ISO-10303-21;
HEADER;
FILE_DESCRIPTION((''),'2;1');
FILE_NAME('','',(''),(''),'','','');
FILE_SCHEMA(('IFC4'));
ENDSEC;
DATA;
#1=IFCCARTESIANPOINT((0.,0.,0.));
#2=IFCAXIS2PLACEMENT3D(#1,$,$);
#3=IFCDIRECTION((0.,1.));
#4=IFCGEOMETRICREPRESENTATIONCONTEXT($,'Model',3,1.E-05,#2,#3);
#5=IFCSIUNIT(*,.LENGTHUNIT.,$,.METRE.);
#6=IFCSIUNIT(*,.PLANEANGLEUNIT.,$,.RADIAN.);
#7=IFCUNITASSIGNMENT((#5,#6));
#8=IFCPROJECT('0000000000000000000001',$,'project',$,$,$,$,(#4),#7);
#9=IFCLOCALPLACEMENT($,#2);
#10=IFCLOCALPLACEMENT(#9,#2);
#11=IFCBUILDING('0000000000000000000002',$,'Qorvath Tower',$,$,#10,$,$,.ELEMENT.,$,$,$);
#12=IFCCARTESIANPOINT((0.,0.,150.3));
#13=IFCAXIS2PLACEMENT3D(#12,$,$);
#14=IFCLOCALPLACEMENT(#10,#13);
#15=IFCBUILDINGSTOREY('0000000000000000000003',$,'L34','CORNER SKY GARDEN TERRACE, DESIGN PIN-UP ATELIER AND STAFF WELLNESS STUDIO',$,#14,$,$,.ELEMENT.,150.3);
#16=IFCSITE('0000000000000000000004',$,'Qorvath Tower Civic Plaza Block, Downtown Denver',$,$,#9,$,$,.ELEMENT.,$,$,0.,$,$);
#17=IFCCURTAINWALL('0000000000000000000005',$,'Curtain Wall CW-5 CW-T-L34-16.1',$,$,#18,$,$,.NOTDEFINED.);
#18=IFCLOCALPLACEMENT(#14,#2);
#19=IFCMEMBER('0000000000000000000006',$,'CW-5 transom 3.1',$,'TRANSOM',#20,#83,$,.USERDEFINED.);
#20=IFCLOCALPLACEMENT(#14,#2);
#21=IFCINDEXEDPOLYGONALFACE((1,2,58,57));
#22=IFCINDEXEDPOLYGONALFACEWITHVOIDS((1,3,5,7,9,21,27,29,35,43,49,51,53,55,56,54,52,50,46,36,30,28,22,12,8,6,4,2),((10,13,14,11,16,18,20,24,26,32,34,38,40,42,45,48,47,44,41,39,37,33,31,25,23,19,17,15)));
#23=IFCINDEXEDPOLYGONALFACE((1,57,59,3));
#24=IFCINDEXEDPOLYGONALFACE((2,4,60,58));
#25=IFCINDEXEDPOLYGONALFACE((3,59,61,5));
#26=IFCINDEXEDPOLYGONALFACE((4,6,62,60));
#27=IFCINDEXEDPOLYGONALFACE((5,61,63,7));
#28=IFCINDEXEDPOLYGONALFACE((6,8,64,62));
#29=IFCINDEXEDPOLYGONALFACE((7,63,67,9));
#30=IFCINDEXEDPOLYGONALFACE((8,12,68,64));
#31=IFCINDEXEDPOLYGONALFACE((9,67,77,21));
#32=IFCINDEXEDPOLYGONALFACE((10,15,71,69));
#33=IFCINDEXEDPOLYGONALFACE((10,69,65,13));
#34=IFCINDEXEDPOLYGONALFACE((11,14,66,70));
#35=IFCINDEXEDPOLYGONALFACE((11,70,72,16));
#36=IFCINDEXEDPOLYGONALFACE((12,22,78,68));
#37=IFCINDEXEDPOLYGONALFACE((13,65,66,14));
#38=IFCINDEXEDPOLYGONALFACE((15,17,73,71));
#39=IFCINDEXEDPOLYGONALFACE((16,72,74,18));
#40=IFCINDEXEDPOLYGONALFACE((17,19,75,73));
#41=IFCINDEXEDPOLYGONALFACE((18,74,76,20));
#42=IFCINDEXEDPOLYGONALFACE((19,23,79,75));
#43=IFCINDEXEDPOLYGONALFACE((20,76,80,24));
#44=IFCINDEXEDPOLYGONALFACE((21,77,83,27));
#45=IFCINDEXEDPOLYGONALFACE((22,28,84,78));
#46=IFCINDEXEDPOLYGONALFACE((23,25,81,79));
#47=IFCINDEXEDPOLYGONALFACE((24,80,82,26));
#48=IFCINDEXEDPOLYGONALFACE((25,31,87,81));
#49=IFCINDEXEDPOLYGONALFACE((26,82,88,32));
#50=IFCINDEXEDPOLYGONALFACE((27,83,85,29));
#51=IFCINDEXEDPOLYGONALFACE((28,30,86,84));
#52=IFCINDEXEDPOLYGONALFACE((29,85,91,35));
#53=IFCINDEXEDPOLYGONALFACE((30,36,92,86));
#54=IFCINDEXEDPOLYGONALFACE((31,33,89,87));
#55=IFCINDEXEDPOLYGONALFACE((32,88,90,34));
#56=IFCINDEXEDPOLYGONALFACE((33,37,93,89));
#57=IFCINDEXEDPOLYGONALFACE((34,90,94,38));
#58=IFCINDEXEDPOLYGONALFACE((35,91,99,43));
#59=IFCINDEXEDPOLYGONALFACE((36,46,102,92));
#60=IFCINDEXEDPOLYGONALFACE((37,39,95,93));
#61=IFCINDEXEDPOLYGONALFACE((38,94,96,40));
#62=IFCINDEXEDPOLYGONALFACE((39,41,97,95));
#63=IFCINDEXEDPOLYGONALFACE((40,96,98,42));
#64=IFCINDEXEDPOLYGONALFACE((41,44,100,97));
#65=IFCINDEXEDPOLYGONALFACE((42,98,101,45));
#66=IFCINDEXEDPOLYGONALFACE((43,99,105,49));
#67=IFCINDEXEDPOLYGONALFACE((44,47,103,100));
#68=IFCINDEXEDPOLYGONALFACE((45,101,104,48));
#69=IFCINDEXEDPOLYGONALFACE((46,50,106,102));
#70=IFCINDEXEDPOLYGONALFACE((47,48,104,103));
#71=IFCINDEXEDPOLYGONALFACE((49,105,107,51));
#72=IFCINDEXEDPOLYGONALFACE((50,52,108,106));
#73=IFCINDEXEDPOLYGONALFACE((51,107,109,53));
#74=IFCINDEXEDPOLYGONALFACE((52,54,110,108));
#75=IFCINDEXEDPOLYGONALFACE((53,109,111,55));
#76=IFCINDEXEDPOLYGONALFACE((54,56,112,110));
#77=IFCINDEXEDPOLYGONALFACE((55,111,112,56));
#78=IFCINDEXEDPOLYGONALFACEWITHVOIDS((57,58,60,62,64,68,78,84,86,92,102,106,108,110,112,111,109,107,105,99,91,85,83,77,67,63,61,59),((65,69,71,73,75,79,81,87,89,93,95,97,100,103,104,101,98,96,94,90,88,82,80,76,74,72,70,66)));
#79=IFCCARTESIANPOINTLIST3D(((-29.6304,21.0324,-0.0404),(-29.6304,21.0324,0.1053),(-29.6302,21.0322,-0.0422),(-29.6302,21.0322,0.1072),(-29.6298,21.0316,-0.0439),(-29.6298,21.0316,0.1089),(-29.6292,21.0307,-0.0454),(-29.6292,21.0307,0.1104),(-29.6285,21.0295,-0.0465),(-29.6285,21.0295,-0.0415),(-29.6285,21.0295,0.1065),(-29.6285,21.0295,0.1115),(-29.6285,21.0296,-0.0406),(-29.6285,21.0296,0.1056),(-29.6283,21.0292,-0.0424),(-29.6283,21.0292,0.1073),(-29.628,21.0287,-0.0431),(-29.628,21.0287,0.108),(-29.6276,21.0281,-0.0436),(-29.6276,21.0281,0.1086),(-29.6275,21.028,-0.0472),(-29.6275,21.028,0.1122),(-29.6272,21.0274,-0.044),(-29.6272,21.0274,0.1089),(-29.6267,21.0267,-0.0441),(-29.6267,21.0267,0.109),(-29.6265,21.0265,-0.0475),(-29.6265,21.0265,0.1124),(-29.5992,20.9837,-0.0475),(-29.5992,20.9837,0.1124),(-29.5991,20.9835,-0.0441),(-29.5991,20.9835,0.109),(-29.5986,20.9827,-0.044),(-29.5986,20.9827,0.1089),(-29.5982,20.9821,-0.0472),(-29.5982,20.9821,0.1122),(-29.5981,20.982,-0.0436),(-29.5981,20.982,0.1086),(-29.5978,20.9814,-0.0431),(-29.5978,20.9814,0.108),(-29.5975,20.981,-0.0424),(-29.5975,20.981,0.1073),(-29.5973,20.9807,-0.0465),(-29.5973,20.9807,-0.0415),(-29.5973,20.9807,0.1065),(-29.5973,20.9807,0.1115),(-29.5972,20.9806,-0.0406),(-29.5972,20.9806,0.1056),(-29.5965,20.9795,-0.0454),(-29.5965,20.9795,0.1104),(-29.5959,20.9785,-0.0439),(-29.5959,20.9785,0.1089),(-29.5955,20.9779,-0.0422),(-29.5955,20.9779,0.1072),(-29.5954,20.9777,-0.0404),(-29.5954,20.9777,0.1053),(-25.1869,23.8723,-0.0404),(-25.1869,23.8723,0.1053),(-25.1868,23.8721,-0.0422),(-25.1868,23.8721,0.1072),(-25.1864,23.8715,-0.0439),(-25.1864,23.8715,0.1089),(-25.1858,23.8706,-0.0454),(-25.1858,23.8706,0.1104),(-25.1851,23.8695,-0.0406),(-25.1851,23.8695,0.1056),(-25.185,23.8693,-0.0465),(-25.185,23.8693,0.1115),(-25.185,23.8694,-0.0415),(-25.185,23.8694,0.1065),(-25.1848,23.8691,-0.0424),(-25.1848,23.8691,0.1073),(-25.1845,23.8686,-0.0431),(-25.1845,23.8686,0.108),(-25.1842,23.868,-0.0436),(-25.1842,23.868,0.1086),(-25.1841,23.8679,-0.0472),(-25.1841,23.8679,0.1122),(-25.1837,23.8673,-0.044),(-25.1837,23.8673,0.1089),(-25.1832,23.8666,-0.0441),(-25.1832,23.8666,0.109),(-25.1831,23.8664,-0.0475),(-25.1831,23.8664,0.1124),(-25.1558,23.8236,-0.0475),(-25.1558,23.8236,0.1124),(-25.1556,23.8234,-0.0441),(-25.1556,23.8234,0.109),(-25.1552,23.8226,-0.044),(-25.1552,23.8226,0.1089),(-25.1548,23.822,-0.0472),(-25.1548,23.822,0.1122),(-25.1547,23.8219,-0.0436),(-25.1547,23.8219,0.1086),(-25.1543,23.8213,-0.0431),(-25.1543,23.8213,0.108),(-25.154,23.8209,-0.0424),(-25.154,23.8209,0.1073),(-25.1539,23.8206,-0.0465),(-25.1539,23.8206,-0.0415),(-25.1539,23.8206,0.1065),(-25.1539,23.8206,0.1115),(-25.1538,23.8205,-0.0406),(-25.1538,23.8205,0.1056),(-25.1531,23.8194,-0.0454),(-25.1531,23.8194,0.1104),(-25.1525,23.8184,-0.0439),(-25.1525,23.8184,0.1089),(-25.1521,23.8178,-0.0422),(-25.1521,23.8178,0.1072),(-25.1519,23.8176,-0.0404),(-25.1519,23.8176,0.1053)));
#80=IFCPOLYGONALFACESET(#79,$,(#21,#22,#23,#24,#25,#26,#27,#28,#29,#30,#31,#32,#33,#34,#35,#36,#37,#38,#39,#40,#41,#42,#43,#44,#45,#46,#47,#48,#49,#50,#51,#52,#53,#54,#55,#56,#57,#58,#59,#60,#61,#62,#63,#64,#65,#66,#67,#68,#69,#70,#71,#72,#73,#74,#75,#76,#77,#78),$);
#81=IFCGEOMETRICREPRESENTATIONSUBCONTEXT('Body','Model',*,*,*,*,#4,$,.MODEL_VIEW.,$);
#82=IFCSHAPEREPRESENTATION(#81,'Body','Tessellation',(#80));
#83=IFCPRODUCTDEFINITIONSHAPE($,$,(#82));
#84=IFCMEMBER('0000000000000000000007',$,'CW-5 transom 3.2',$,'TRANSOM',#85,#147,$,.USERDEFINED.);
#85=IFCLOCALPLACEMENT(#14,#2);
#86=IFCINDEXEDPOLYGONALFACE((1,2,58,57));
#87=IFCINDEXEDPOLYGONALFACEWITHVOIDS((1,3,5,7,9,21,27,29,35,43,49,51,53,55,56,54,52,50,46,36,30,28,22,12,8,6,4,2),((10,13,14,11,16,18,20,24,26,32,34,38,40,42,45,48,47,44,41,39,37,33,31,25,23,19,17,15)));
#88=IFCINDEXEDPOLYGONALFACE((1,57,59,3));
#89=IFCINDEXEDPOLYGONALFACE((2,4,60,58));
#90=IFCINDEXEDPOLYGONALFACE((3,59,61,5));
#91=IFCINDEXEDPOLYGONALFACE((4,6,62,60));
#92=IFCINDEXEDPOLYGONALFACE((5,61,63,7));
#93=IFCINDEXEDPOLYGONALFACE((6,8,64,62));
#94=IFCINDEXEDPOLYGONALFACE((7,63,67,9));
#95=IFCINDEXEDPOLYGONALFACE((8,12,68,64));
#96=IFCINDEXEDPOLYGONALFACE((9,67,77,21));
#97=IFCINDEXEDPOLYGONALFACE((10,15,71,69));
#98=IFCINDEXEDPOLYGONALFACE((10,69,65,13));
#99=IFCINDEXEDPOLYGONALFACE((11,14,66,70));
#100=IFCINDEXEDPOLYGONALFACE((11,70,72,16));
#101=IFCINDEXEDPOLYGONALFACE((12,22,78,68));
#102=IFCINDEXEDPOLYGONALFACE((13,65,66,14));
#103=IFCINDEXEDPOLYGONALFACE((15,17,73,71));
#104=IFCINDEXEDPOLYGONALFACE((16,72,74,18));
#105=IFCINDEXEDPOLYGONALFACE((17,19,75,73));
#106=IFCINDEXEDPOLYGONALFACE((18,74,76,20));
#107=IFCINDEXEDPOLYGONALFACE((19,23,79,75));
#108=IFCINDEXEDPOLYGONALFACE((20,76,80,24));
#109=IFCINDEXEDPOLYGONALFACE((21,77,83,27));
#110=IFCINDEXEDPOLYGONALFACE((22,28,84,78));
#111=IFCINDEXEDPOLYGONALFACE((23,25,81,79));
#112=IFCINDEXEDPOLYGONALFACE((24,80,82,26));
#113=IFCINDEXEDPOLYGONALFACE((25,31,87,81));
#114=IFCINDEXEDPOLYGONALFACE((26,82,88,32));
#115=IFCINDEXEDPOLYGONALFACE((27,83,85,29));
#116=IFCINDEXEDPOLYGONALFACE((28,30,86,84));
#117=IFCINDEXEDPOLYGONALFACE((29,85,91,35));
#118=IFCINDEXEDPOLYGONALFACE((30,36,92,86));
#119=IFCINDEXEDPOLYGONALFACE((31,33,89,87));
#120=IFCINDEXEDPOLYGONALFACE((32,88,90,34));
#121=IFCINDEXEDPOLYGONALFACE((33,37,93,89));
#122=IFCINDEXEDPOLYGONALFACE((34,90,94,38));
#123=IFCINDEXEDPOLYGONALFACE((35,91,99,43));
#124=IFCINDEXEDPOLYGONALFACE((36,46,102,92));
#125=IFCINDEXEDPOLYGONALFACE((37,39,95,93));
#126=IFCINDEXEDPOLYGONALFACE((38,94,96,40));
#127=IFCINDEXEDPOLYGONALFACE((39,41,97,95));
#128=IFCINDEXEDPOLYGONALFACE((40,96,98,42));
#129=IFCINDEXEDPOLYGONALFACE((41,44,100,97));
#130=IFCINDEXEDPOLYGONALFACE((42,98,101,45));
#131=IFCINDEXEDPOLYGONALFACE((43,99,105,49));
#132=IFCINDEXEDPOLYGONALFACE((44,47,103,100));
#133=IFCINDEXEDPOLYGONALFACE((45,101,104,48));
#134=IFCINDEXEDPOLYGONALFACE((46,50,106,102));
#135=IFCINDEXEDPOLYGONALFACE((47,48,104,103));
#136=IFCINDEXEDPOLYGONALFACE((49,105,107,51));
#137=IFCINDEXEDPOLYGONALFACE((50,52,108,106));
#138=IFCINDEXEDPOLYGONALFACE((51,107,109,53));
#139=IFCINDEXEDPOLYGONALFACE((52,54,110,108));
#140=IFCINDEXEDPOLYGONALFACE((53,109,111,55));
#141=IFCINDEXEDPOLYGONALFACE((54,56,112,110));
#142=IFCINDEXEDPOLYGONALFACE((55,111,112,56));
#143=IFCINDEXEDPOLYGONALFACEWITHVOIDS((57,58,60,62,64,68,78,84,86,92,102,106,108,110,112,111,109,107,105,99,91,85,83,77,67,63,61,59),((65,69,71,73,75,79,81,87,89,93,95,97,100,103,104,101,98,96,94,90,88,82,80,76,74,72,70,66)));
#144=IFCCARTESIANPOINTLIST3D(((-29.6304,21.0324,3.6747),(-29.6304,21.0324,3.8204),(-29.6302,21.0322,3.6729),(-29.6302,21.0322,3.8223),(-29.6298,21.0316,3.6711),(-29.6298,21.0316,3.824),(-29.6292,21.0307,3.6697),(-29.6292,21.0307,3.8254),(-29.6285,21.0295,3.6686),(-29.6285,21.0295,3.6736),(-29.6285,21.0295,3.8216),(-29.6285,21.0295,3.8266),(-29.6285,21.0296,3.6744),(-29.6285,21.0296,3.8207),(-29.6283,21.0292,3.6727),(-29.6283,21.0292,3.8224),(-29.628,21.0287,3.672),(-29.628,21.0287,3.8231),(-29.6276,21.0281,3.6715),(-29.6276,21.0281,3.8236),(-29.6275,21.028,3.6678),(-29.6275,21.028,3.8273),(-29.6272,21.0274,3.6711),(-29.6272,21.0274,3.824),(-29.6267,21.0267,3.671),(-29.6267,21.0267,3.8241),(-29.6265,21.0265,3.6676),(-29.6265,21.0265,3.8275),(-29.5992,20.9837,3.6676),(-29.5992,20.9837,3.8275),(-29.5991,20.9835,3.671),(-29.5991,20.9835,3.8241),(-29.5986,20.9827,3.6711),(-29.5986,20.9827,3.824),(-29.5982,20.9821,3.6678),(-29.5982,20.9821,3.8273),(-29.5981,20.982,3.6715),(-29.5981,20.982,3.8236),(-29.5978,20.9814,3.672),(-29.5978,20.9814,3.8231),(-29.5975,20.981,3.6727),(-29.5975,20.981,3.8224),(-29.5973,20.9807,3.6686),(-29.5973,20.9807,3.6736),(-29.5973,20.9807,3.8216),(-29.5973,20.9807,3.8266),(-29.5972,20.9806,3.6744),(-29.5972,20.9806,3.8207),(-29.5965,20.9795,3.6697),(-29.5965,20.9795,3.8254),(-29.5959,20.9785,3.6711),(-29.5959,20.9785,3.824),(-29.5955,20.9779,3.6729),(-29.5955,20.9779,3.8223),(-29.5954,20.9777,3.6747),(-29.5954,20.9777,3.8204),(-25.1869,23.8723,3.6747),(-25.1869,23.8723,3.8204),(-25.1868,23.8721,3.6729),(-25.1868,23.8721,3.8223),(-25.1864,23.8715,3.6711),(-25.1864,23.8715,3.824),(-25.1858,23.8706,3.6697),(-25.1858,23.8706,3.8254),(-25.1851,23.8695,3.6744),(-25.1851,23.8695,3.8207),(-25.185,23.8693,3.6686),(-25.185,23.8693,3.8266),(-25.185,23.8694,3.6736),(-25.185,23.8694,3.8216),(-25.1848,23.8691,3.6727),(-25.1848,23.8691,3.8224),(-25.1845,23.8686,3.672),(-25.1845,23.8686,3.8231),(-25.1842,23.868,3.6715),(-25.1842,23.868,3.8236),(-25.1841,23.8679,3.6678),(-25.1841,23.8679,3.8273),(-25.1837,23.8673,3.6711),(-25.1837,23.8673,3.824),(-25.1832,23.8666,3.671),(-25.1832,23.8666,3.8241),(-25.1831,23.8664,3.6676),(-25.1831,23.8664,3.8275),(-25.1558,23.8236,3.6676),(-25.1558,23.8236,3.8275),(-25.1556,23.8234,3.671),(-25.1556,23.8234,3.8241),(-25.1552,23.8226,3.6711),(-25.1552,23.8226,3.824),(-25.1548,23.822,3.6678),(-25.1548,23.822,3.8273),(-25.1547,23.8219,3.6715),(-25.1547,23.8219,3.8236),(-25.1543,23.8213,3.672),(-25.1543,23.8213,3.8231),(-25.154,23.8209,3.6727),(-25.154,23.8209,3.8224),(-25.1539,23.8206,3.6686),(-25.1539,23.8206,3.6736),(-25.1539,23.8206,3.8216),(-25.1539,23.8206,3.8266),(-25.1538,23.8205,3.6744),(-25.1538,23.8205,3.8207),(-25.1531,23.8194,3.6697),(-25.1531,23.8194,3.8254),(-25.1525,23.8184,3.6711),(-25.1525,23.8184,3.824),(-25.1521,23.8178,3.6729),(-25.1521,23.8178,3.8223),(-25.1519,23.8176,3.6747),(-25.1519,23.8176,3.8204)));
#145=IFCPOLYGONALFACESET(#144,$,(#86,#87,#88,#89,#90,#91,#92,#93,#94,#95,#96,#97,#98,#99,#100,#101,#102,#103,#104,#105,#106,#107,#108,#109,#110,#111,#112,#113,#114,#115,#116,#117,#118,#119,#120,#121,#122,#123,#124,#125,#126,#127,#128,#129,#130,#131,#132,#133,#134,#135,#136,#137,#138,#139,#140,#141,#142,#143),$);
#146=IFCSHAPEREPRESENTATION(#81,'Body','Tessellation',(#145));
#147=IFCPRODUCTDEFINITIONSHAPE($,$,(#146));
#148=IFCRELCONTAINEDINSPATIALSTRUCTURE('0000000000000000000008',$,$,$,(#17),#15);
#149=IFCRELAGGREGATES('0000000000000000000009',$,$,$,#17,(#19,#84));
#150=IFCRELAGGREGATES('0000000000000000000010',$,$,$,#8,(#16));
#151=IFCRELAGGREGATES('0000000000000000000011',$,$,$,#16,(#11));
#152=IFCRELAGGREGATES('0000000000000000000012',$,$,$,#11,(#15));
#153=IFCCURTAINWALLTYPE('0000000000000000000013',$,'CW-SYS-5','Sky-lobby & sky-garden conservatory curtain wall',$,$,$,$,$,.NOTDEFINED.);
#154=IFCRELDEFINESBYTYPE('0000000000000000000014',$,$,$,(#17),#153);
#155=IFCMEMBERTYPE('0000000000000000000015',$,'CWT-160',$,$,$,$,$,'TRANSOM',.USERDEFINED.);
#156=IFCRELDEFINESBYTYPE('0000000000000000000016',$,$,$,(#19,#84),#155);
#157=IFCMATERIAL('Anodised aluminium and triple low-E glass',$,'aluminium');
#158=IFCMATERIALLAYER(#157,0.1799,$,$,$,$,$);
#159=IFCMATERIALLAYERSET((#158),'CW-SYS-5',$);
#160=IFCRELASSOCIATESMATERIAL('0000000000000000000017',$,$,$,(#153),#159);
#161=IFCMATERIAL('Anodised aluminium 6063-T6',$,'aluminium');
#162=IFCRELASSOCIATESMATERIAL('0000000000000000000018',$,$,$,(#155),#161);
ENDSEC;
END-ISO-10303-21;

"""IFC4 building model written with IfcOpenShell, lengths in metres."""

from ifc_helpers import new_model, si_unit, direction, frame, origin, origin_2d, place, context, subcontext, project, spatial, hollow_rectangle, extrude, material, layer, layer_set, material_profile, profile_set, type_object, element, aggregate, save


model = new_model("IFC4")

# Units and contexts
model_context = context("Model", 3, precision=1e-05, world=origin(), true_north=direction((0.0, 1.0)))
body_context = subcontext(model_context, "Body", "Model", "MODEL_VIEW")
ifc_project = project(units=[si_unit("LENGTHUNIT", "METRE"), si_unit("PLANEANGLEUNIT", "RADIAN")], contexts=[model_context])

# Site, building, storey
site_placement = place(None, origin())
site = spatial("IfcSite", under=ifc_project, at=site_placement, Name="Qorvath Tower Civic Plaza Block, Downtown Denver", CompositionType="ELEMENT", RefElevation=0.0)
building_placement = place(site_placement, origin())
building = spatial("IfcBuilding", under=site, at=building_placement, Name="Qorvath Tower", CompositionType="ELEMENT")
storey_placement = place(building_placement, frame((0.0, 0.0, 150.3)))
storey = spatial("IfcBuildingStorey", under=building, at=storey_placement, Name="L34", Description="CORNER SKY GARDEN TERRACE, DESIGN PIN-UP ATELIER AND STAFF WELLNESS STUDIO", CompositionType="ELEMENT", Elevation=150.3)

# Curtain wall, members
ifc_material_1 = material(Name="Anodised aluminium and triple low-E glass", Category="aluminium")
ifc_layer_1 = layer(ifc_material_1, 0.1799)
ifc_layer_set_1 = layer_set([ifc_layer_1], Name="CW-SYS-5")
curtain_wall_type = type_object("IfcCurtainWallType", Name="CW-SYS-5", Description="Sky-lobby & sky-garden conservatory curtain wall", PredefinedType="NOTDEFINED", material=ifc_layer_set_1)
curtain_wall_placement = place(storey_placement, origin())
curtain_wall = element("IfcCurtainWall", 1, at=curtain_wall_placement, inside=storey, type_object=curtain_wall_type, Name="Curtain Wall CW-5 CW-T-L34-16.1", PredefinedType="NOTDEFINED")
ifc_material_2 = material(Name="Anodised aluminium 6063-T6", Category="aluminium")
ifc_material_profile_1 = material_profile(ifc_material_2, hollow_rectangle(XDim=0.0649, YDim=0.1599, WallThickness=0.0034, InnerFilletRadius=0.0034, OuterFilletRadius=0.0071, at=origin_2d()), Name="CWT 160x65")
ifc_profile_set_1 = profile_set([ifc_material_profile_1], Name="Anodised aluminium 6063-T6")
member_type_1 = type_object("IfcMemberType", Name="CWT-160", ElementType="TRANSOM", PredefinedType="USERDEFINED", material=ifc_profile_set_1)
member_1_placement = place(storey_placement, frame((-25.1694, 23.845, 0.0325), z_axis=(-0.842608, -0.538528, 0.0), x_axis=(0.538528, -0.842608, 0.0)))
member_1 = element("IfcMember", 2, at=member_1_placement, type_object=member_type_1, Name="CW-5 transom 3.1", ObjectType="TRANSOM", PredefinedType="USERDEFINED", context=body_context, shape_type="SweptSolid", body=[
    extrude(hollow_rectangle(XDim=0.0649, YDim=0.1599, WallThickness=0.0034, InnerFilletRadius=0.0034, OuterFilletRadius=0.0071, at=origin_2d()), origin(), (0.0, 0.0, 1.0), 5.2734),
])
member_2_placement = place(storey_placement, frame((-25.1694, 23.845, 3.7476), z_axis=(-0.842608, -0.538528, 0.0), x_axis=(0.538528, -0.842608, 0.0)))
member_2 = element("IfcMember", 3, at=member_2_placement, type_object=member_type_1, Name="CW-5 transom 3.2", ObjectType="TRANSOM", PredefinedType="USERDEFINED", context=body_context, shape_type="SweptSolid", body=[
    extrude(hollow_rectangle(XDim=0.0649, YDim=0.1599, WallThickness=0.0034, InnerFilletRadius=0.0034, OuterFilletRadius=0.0071, at=origin_2d()), origin(), (0.0, 0.0, 1.0), 5.2734),
])
aggregate(curtain_wall, [member_1, member_2])

save(model, "model.ifc")
